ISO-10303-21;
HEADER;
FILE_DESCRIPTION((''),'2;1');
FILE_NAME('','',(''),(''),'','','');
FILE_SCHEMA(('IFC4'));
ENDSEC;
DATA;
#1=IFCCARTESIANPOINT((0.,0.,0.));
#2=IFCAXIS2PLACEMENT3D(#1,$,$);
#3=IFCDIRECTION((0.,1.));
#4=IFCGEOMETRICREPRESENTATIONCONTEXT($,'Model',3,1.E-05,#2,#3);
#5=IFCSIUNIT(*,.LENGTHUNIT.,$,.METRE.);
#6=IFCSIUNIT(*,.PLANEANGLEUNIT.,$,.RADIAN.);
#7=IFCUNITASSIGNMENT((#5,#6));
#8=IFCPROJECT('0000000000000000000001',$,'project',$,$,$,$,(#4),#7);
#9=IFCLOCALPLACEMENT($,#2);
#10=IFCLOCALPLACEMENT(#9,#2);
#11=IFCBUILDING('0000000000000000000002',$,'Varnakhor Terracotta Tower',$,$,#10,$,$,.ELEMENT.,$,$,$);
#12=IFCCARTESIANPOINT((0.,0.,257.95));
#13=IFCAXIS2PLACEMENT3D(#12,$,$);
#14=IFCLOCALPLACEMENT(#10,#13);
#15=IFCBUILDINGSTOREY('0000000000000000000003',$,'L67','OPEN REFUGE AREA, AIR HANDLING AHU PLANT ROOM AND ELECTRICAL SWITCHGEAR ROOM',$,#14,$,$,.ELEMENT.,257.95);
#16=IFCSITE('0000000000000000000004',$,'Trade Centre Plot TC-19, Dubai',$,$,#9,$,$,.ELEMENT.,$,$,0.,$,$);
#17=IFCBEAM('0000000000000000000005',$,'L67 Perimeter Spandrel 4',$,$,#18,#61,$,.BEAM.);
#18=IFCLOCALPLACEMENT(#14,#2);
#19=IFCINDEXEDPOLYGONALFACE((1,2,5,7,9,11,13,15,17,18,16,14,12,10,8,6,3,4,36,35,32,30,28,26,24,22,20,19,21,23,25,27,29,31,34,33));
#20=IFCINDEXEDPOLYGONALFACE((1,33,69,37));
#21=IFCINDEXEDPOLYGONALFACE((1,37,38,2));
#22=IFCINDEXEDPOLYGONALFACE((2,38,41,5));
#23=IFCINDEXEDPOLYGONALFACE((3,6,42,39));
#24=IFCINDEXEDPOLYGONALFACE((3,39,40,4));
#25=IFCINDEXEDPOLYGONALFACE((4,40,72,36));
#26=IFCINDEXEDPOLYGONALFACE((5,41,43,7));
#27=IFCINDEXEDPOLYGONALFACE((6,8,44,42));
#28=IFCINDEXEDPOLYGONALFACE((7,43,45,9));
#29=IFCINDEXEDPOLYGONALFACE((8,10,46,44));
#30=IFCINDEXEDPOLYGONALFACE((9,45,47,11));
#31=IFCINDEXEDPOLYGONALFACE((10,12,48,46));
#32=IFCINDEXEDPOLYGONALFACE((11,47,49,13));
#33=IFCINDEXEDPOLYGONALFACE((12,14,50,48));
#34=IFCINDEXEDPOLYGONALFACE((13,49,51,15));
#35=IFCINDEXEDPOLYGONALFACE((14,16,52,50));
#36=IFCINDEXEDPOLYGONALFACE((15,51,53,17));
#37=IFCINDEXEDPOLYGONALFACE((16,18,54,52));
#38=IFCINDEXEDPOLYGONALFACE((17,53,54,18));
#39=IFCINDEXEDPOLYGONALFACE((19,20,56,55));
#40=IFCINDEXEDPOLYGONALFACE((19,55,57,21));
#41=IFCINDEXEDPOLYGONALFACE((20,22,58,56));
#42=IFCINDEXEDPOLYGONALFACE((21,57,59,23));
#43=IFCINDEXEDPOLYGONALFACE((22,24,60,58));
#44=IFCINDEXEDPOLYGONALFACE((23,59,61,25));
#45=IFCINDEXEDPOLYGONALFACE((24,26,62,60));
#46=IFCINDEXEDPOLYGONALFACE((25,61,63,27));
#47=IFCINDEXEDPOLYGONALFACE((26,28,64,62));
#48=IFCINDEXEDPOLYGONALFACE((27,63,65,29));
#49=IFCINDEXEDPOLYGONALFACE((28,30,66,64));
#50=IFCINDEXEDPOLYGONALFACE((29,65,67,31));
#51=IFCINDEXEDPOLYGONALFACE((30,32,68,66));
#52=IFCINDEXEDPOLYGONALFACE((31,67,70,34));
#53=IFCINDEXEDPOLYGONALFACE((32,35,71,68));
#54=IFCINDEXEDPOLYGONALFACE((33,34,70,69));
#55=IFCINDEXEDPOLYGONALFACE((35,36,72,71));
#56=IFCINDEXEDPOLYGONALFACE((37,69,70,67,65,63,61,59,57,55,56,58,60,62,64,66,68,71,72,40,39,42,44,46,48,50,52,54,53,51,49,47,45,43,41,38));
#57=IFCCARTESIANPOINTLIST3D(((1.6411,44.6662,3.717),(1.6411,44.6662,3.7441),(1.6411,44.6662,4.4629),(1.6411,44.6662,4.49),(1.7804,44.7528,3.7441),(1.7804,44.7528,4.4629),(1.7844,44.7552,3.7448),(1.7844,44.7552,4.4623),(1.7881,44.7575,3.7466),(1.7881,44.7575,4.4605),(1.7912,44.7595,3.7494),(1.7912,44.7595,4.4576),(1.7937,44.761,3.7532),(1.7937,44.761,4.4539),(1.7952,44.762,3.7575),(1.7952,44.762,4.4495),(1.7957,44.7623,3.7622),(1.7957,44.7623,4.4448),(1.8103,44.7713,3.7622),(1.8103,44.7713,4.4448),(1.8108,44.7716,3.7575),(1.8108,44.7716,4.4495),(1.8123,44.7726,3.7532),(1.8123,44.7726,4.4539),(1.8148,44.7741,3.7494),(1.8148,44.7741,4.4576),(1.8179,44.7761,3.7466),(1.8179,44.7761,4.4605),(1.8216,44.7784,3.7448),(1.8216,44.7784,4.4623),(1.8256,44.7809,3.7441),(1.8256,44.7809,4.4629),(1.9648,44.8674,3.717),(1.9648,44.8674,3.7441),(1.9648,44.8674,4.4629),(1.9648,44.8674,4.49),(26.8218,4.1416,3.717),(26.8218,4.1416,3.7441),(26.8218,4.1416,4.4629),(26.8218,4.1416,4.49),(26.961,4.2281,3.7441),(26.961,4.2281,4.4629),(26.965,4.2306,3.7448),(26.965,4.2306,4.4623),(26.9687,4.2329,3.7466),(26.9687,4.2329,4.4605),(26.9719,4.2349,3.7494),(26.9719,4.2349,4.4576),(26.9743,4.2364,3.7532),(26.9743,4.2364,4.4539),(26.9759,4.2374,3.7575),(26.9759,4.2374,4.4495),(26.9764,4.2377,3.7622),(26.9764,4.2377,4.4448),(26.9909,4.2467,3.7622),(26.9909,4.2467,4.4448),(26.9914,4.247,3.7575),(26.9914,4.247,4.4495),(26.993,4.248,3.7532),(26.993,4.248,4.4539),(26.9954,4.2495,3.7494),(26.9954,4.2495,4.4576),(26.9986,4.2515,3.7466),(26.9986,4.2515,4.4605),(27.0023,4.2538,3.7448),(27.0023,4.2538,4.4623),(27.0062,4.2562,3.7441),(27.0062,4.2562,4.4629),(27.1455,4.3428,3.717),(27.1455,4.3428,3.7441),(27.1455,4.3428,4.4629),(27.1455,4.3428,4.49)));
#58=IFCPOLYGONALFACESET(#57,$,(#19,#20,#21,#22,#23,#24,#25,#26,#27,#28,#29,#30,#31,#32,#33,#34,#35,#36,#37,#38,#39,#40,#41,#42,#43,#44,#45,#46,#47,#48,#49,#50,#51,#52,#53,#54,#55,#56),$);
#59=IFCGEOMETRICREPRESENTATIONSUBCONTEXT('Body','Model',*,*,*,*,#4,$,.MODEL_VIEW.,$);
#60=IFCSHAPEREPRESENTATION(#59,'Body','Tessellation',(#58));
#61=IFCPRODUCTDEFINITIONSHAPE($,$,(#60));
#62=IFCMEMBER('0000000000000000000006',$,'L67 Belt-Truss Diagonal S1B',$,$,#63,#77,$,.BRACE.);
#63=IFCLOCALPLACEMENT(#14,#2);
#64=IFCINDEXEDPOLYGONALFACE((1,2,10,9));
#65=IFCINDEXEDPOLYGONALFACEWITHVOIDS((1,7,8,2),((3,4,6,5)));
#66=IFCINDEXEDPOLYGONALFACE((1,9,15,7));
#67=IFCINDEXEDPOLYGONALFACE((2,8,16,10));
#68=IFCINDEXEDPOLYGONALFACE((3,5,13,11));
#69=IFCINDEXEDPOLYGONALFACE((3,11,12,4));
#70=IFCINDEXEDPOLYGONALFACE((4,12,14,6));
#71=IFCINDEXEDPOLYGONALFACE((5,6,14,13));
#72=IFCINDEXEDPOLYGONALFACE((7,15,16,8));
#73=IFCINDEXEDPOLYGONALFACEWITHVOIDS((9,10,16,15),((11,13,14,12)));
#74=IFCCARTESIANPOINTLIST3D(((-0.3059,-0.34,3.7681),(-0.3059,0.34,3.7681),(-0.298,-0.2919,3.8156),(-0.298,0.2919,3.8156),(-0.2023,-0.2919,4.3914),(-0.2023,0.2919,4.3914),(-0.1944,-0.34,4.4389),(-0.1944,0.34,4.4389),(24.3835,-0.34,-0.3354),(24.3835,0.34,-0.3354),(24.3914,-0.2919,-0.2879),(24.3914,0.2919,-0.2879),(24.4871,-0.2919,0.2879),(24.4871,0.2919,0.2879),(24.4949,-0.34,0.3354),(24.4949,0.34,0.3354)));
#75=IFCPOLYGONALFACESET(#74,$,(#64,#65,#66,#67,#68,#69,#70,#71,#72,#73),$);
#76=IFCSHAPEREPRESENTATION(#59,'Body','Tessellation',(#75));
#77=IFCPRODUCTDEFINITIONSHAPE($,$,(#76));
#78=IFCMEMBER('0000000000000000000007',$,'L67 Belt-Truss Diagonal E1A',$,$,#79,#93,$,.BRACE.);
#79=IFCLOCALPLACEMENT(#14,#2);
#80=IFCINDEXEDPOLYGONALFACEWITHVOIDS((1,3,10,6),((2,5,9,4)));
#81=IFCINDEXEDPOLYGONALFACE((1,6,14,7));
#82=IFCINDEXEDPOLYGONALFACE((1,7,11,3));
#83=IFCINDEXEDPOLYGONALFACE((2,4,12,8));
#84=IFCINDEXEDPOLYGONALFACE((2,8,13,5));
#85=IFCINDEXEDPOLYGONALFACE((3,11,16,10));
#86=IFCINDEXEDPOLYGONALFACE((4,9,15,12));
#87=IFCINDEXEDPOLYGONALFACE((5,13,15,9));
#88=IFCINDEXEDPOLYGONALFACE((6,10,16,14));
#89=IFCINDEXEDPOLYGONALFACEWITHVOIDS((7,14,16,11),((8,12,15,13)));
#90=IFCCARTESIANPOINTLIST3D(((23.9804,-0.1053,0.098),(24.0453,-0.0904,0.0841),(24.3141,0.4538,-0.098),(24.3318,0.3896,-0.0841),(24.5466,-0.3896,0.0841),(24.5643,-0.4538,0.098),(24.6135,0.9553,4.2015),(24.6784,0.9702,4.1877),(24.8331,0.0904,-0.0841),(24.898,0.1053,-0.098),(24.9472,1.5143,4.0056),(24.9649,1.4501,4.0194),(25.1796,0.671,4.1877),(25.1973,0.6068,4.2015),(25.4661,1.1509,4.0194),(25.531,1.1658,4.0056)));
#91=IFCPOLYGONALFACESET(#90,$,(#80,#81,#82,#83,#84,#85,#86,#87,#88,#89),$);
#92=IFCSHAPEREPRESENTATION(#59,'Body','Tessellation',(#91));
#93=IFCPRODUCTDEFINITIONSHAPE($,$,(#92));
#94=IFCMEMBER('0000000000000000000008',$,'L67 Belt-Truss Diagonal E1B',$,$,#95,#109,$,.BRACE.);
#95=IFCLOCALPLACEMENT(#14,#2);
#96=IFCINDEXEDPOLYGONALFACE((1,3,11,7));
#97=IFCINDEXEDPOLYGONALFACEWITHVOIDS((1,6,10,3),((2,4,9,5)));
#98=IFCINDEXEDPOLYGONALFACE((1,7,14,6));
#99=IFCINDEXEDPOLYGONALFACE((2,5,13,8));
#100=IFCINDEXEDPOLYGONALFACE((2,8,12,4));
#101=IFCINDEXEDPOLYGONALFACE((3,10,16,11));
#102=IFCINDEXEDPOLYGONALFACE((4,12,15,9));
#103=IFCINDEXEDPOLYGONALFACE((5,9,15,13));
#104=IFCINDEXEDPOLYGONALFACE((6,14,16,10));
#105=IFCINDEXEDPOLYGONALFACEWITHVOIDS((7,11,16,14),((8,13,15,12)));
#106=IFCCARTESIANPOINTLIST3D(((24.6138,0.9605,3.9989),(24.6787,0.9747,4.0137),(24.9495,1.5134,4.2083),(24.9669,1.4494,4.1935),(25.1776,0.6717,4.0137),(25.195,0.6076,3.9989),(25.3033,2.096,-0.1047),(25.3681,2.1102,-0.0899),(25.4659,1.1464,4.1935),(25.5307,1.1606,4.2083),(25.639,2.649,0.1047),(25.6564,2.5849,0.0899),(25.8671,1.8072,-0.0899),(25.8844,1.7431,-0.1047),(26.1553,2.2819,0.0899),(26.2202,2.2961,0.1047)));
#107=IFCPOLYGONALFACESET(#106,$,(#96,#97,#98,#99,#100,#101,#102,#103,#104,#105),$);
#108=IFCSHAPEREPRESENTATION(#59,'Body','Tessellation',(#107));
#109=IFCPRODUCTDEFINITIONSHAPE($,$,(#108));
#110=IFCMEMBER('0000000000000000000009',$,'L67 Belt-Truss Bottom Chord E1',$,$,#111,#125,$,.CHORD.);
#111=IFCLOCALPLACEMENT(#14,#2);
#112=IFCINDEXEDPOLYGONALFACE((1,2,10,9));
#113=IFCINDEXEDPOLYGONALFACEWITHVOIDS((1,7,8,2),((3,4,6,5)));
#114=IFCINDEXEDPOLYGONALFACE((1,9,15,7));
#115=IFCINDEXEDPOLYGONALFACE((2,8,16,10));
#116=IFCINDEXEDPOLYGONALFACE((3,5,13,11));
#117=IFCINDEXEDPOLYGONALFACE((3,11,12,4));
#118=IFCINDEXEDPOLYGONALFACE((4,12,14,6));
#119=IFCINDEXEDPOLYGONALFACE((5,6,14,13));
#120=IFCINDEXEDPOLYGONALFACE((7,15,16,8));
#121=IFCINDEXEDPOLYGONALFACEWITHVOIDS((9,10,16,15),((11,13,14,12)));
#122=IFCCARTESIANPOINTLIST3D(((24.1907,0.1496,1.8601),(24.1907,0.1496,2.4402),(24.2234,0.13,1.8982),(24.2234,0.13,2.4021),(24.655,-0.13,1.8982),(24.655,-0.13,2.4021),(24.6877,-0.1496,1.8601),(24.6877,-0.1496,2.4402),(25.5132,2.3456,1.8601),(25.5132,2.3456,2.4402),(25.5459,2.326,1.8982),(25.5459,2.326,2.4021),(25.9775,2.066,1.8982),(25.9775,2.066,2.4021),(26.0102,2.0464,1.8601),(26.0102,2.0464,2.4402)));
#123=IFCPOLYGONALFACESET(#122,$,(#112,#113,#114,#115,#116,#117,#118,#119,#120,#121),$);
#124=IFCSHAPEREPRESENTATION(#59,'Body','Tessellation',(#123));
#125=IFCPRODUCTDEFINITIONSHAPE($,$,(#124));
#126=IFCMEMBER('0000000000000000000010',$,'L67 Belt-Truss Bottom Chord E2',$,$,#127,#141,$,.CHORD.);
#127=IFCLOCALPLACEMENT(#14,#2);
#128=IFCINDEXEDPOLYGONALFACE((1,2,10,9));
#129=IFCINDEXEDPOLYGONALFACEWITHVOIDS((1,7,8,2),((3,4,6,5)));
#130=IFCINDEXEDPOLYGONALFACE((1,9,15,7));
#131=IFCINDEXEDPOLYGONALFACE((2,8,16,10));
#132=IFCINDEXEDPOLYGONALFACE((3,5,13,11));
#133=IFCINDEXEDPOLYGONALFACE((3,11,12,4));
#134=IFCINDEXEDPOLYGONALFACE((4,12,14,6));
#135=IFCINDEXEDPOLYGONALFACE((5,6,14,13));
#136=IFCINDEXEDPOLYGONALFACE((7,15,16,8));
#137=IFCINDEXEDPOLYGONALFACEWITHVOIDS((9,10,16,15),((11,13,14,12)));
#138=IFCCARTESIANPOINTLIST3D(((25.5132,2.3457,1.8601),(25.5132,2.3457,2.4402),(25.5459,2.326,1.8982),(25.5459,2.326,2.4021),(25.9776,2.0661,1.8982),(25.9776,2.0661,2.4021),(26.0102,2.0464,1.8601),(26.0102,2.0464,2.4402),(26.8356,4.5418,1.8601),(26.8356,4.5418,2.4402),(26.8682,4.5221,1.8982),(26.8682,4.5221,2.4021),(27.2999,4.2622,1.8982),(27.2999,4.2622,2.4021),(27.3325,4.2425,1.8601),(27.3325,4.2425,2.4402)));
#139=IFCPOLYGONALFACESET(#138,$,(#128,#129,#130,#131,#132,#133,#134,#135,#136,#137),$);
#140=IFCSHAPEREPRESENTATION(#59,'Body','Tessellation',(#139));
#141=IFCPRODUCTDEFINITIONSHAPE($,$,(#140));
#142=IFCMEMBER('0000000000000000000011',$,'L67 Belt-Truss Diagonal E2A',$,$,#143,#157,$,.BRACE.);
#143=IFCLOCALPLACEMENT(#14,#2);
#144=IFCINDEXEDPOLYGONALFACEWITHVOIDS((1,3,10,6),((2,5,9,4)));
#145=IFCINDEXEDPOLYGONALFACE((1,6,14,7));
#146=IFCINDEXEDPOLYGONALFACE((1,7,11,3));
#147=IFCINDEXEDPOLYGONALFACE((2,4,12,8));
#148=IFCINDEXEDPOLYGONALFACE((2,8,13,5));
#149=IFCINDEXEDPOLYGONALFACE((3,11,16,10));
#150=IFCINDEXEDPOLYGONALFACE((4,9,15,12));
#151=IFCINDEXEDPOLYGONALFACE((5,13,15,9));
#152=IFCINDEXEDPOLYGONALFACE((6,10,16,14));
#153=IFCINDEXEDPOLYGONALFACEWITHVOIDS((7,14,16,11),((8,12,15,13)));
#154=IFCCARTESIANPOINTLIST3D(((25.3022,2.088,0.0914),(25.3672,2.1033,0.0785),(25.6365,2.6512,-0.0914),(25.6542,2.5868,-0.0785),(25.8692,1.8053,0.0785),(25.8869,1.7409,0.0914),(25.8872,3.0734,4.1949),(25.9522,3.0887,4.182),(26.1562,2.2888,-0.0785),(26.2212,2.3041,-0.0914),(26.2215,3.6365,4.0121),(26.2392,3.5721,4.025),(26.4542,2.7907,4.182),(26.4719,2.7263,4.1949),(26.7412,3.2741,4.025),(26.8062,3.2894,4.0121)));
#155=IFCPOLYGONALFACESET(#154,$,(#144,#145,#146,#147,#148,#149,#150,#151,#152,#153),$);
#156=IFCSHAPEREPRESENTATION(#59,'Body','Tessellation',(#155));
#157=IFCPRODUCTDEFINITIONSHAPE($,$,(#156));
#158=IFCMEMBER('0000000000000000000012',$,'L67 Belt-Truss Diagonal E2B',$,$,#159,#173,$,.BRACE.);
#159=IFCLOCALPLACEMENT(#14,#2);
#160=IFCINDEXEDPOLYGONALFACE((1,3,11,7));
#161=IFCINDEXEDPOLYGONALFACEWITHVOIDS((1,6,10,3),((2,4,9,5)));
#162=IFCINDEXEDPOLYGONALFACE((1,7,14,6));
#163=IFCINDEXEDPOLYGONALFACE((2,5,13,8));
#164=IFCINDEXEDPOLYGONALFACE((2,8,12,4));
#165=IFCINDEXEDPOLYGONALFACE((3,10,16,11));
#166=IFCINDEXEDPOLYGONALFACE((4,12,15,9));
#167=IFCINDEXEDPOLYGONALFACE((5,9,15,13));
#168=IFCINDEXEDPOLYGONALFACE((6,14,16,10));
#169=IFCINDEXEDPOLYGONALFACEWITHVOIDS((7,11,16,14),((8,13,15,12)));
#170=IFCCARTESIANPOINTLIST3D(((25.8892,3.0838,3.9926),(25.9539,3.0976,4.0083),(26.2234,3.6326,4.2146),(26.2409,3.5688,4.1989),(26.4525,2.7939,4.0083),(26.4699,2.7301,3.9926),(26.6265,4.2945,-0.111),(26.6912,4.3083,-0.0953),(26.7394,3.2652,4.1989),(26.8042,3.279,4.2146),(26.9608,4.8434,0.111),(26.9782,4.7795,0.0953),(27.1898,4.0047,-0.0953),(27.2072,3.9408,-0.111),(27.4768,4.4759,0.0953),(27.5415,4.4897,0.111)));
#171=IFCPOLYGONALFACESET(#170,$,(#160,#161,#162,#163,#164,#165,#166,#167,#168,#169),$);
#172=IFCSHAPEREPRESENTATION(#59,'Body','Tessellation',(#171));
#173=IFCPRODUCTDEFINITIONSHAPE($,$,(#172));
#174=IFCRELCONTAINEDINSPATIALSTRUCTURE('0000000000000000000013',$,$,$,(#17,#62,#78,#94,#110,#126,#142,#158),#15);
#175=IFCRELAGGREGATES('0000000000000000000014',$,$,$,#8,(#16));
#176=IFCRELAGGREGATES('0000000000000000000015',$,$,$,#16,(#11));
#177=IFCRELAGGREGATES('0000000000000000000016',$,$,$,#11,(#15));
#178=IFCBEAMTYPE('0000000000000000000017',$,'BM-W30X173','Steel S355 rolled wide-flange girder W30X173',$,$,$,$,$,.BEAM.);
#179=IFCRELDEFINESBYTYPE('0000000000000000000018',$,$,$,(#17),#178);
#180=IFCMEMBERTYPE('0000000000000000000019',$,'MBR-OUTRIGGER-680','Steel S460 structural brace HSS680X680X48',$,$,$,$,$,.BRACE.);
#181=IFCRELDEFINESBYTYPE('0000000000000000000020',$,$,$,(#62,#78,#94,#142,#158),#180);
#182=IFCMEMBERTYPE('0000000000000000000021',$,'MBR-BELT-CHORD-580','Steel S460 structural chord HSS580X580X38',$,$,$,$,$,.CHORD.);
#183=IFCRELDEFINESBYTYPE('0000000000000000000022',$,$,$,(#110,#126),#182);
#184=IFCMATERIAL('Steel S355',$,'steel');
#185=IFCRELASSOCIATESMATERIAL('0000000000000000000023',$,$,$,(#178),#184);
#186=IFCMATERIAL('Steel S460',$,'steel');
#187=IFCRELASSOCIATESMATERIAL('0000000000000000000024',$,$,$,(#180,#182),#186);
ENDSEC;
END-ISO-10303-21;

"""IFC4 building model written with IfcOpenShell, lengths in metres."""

from ifc_helpers import new_model, si_unit, direction, frame, origin, origin_2d, place, context, subcontext, project, spatial, hollow_rectangle, i_section, extrude, source, transform, mapped, material, material_profile, profile_set, type_object, element, save


model = new_model("IFC4")

# Units and contexts
model_context = context("Model", 3, precision=1e-05, world=origin(), true_north=direction((0.0, 1.0)))
body_context = subcontext(model_context, "Body", "Model", "MODEL_VIEW")
ifc_project = project(units=[si_unit("LENGTHUNIT", "METRE"), si_unit("PLANEANGLEUNIT", "RADIAN")], contexts=[model_context])

# Site, building, storey
site_placement = place(None, origin())
site = spatial("IfcSite", under=ifc_project, at=site_placement, Name="Trade Centre Plot TC-19, Dubai", CompositionType="ELEMENT", RefElevation=0.0)
building_placement = place(site_placement, origin())
building = spatial("IfcBuilding", under=site, at=building_placement, Name="Varnakhor Terracotta Tower", CompositionType="ELEMENT")
storey_placement = place(building_placement, frame((0.0, 0.0, 257.95)))
storey = spatial("IfcBuildingStorey", under=building, at=storey_placement, Name="L67", Description="OPEN REFUGE AREA, AIR HANDLING AHU PLANT ROOM AND ELECTRICAL SWITCHGEAR ROOM", CompositionType="ELEMENT", Elevation=257.95)

# Shared definitions
ifc_material_1 = material(Name="Steel S460", Category="steel")

# Beam
ifc_material_2 = material(Name="Steel S355", Category="steel")
ifc_material_profile_1 = material_profile(ifc_material_2, i_section(OverallWidth=0.3811, OverallDepth=0.7729, WebThickness=0.0171, FlangeThickness=0.0271, FilletRadius=0.0181, at=origin_2d()), Name="W30X173")
ifc_profile_set_1 = profile_set([ifc_material_profile_1], Name="Steel S355")
beam_type = type_object("IfcBeamType", Name="BM-W30X173", Description="Steel S355 rolled wide-flange girder W30X173", PredefinedType="BEAM", material=ifc_profile_set_1)
shared_shape_1 = source(origin(), body_context, "Body", "SweptSolid", [
    extrude(i_section(OverallWidth=0.3811, OverallDepth=0.7729, WebThickness=0.0171, FlangeThickness=0.0271, FilletRadius=0.0181, at=origin_2d()), origin(), (0.0, 0.0, 1.0), 47.7107),
])
beam_1_placement = place(storey_placement, frame((26.9836, 4.2422, 4.1035), z_axis=(-0.527778, 0.849382, 0.0), x_axis=(-0.849382, -0.527778, 0.0)))
element("IfcBeam", 1, at=beam_1_placement, inside=storey, type_object=beam_type, Name="L67 Perimeter Spandrel 4", PredefinedType="BEAM", context=body_context, shape_type="MappedRepresentation", body=[
    mapped(shared_shape_1, transform((0.0, 0.0, 0.0), scale=1.0)),
])

# Members
ifc_material_profile_2 = material_profile(ifc_material_1, hollow_rectangle(XDim=0.6799, YDim=0.6799, WallThickness=0.0481, at=origin_2d()), Name="HSS680X680X48")
ifc_profile_set_2 = profile_set([ifc_material_profile_2], Name="Steel S460")
member_type_1 = type_object("IfcMemberType", Name="MBR-OUTRIGGER-680", Description="Steel S460 structural brace HSS680X680X48", PredefinedType="BRACE", material=ifc_profile_set_2)
shared_shape_2 = source(origin(), body_context, "Body", "SweptSolid", [
    extrude(hollow_rectangle(XDim=0.6799, YDim=0.6799, WallThickness=0.0481, at=origin_2d()), origin(), (0.0, 0.0, 1.0), 25.0281),
])
member_1_placement = place(storey_placement, frame((24.4392, 0.0, 0.0), z_axis=(-0.986468, 0.0, 0.163956), x_axis=(0.0, -1.0, 0.0)))
element("IfcMember", 2, at=member_1_placement, inside=storey, type_object=member_type_1, Name="L67 Belt-Truss Diagonal S1B", PredefinedType="BRACE", context=body_context, shape_type="MappedRepresentation", body=[
    mapped(shared_shape_2, transform((0.0, 0.0, 0.0), scale=1.0)),
])
shared_shape_3 = source(origin(), body_context, "Body", "SweptSolid", [
    extrude(hollow_rectangle(XDim=0.6799, YDim=0.6799, WallThickness=0.0481, at=origin_2d()), origin(), (0.0, 0.0, 1.0), 4.2854),
])
member_2_placement = place(storey_placement, frame((24.4392, 0.0, 0.0), z_axis=(0.147725, 0.247481, 0.957565), x_axis=(-0.858659, 0.512547, 0.0)))
element("IfcMember", 3, at=member_2_placement, inside=storey, type_object=member_type_1, Name="L67 Belt-Truss Diagonal E1A", PredefinedType="BRACE", context=body_context, shape_type="MappedRepresentation", body=[
    mapped(shared_shape_3, transform((0.0, 0.0, 0.0), scale=1.0)),
])
shared_shape_4 = source(origin(), body_context, "Body", "SweptSolid", [
    extrude(hollow_rectangle(XDim=0.6799, YDim=0.6799, WallThickness=0.0481, at=origin_2d()), origin(), (0.0, 0.0, 1.0), 4.3132),
])
member_3_placement = place(storey_placement, frame((25.7617, 2.196, 0.0), z_axis=(-0.159848, -0.263262, 0.951389), x_axis=(0.854773, -0.519002, 0.0)))
element("IfcMember", 4, at=member_3_placement, inside=storey, type_object=member_type_1, Name="L67 Belt-Truss Diagonal E1B", PredefinedType="BRACE", context=body_context, shape_type="MappedRepresentation", body=[
    mapped(shared_shape_4, transform((0.0, 0.0, 0.0), scale=1.0)),
])
ifc_material_profile_3 = material_profile(ifc_material_1, hollow_rectangle(XDim=0.5801, YDim=0.5801, WallThickness=0.0381, at=origin_2d()), Name="HSS580X580X38")
ifc_profile_set_3 = profile_set([ifc_material_profile_3], Name="Steel S460")
member_type_2 = type_object("IfcMemberType", Name="MBR-BELT-CHORD-580", Description="Steel S460 structural chord HSS580X580X38", PredefinedType="CHORD", material=ifc_profile_set_3)
shared_shape_5 = source(origin(), body_context, "Body", "SweptSolid", [
    extrude(hollow_rectangle(XDim=0.5801, YDim=0.5801, WallThickness=0.0381, at=origin_2d()), origin(), (0.0, 0.0, 1.0), 2.5635),
])
for number, where, z_axis, x_axis, name in (
    (5, (24.4392, 0.0, 2.1501), (0.515896, 0.856651, 0.0), (-0.856651, 0.515896, 0.0), "L67 Belt-Truss Bottom Chord E1"),
    (6, (25.7617, 2.196, 2.1501), (0.515826, 0.856694, 0.0), (-0.856694, 0.515826, 0.0), "L67 Belt-Truss Bottom Chord E2"),
):
    element("IfcMember", number, at=place(storey_placement, frame(where, z_axis=z_axis, x_axis=x_axis)), inside=storey, type_object=member_type_2, Name=name, PredefinedType="CHORD", context=body_context, shape_type="MappedRepresentation", body=[
        mapped(shared_shape_5, transform((0.0, 0.0, 0.0), scale=1.0)),
    ])
shared_shape_6 = source(origin(), body_context, "Body", "SweptSolid", [
    extrude(hollow_rectangle(XDim=0.6799, YDim=0.6799, WallThickness=0.0481, at=origin_2d()), origin(), (0.0, 0.0, 1.0), 4.2605),
])
member_4_placement = place(storey_placement, frame((25.7617, 2.196, 0.0), z_axis=(0.137298, 0.231276, 0.963151), x_axis=(-0.85989, 0.51048, 0.0)))
element("IfcMember", 7, at=member_4_placement, inside=storey, type_object=member_type_1, Name="L67 Belt-Truss Diagonal E2A", PredefinedType="BRACE", context=body_context, shape_type="MappedRepresentation", body=[
    mapped(shared_shape_6, transform((0.0, 0.0, 0.0), scale=1.0)),
])
shared_shape_7 = source(origin(), body_context, "Body", "SweptSolid", [
    extrude(hollow_rectangle(XDim=0.6799, YDim=0.6799, WallThickness=0.0481, at=origin_2d()), origin(), (0.0, 0.0, 1.0), 4.3416),
])
member_5_placement = place(storey_placement, frame((27.084, 4.3921, 0.0), z_axis=(-0.169829, -0.278868, 0.945193), x_axis=(0.854085, -0.520133, 0.0)))
element("IfcMember", 8, at=member_5_placement, inside=storey, type_object=member_type_1, Name="L67 Belt-Truss Diagonal E2B", PredefinedType="BRACE", context=body_context, shape_type="MappedRepresentation", body=[
    mapped(shared_shape_7, transform((0.0, 0.0, 0.0), scale=1.0)),
])

save(model, "model.ifc")
